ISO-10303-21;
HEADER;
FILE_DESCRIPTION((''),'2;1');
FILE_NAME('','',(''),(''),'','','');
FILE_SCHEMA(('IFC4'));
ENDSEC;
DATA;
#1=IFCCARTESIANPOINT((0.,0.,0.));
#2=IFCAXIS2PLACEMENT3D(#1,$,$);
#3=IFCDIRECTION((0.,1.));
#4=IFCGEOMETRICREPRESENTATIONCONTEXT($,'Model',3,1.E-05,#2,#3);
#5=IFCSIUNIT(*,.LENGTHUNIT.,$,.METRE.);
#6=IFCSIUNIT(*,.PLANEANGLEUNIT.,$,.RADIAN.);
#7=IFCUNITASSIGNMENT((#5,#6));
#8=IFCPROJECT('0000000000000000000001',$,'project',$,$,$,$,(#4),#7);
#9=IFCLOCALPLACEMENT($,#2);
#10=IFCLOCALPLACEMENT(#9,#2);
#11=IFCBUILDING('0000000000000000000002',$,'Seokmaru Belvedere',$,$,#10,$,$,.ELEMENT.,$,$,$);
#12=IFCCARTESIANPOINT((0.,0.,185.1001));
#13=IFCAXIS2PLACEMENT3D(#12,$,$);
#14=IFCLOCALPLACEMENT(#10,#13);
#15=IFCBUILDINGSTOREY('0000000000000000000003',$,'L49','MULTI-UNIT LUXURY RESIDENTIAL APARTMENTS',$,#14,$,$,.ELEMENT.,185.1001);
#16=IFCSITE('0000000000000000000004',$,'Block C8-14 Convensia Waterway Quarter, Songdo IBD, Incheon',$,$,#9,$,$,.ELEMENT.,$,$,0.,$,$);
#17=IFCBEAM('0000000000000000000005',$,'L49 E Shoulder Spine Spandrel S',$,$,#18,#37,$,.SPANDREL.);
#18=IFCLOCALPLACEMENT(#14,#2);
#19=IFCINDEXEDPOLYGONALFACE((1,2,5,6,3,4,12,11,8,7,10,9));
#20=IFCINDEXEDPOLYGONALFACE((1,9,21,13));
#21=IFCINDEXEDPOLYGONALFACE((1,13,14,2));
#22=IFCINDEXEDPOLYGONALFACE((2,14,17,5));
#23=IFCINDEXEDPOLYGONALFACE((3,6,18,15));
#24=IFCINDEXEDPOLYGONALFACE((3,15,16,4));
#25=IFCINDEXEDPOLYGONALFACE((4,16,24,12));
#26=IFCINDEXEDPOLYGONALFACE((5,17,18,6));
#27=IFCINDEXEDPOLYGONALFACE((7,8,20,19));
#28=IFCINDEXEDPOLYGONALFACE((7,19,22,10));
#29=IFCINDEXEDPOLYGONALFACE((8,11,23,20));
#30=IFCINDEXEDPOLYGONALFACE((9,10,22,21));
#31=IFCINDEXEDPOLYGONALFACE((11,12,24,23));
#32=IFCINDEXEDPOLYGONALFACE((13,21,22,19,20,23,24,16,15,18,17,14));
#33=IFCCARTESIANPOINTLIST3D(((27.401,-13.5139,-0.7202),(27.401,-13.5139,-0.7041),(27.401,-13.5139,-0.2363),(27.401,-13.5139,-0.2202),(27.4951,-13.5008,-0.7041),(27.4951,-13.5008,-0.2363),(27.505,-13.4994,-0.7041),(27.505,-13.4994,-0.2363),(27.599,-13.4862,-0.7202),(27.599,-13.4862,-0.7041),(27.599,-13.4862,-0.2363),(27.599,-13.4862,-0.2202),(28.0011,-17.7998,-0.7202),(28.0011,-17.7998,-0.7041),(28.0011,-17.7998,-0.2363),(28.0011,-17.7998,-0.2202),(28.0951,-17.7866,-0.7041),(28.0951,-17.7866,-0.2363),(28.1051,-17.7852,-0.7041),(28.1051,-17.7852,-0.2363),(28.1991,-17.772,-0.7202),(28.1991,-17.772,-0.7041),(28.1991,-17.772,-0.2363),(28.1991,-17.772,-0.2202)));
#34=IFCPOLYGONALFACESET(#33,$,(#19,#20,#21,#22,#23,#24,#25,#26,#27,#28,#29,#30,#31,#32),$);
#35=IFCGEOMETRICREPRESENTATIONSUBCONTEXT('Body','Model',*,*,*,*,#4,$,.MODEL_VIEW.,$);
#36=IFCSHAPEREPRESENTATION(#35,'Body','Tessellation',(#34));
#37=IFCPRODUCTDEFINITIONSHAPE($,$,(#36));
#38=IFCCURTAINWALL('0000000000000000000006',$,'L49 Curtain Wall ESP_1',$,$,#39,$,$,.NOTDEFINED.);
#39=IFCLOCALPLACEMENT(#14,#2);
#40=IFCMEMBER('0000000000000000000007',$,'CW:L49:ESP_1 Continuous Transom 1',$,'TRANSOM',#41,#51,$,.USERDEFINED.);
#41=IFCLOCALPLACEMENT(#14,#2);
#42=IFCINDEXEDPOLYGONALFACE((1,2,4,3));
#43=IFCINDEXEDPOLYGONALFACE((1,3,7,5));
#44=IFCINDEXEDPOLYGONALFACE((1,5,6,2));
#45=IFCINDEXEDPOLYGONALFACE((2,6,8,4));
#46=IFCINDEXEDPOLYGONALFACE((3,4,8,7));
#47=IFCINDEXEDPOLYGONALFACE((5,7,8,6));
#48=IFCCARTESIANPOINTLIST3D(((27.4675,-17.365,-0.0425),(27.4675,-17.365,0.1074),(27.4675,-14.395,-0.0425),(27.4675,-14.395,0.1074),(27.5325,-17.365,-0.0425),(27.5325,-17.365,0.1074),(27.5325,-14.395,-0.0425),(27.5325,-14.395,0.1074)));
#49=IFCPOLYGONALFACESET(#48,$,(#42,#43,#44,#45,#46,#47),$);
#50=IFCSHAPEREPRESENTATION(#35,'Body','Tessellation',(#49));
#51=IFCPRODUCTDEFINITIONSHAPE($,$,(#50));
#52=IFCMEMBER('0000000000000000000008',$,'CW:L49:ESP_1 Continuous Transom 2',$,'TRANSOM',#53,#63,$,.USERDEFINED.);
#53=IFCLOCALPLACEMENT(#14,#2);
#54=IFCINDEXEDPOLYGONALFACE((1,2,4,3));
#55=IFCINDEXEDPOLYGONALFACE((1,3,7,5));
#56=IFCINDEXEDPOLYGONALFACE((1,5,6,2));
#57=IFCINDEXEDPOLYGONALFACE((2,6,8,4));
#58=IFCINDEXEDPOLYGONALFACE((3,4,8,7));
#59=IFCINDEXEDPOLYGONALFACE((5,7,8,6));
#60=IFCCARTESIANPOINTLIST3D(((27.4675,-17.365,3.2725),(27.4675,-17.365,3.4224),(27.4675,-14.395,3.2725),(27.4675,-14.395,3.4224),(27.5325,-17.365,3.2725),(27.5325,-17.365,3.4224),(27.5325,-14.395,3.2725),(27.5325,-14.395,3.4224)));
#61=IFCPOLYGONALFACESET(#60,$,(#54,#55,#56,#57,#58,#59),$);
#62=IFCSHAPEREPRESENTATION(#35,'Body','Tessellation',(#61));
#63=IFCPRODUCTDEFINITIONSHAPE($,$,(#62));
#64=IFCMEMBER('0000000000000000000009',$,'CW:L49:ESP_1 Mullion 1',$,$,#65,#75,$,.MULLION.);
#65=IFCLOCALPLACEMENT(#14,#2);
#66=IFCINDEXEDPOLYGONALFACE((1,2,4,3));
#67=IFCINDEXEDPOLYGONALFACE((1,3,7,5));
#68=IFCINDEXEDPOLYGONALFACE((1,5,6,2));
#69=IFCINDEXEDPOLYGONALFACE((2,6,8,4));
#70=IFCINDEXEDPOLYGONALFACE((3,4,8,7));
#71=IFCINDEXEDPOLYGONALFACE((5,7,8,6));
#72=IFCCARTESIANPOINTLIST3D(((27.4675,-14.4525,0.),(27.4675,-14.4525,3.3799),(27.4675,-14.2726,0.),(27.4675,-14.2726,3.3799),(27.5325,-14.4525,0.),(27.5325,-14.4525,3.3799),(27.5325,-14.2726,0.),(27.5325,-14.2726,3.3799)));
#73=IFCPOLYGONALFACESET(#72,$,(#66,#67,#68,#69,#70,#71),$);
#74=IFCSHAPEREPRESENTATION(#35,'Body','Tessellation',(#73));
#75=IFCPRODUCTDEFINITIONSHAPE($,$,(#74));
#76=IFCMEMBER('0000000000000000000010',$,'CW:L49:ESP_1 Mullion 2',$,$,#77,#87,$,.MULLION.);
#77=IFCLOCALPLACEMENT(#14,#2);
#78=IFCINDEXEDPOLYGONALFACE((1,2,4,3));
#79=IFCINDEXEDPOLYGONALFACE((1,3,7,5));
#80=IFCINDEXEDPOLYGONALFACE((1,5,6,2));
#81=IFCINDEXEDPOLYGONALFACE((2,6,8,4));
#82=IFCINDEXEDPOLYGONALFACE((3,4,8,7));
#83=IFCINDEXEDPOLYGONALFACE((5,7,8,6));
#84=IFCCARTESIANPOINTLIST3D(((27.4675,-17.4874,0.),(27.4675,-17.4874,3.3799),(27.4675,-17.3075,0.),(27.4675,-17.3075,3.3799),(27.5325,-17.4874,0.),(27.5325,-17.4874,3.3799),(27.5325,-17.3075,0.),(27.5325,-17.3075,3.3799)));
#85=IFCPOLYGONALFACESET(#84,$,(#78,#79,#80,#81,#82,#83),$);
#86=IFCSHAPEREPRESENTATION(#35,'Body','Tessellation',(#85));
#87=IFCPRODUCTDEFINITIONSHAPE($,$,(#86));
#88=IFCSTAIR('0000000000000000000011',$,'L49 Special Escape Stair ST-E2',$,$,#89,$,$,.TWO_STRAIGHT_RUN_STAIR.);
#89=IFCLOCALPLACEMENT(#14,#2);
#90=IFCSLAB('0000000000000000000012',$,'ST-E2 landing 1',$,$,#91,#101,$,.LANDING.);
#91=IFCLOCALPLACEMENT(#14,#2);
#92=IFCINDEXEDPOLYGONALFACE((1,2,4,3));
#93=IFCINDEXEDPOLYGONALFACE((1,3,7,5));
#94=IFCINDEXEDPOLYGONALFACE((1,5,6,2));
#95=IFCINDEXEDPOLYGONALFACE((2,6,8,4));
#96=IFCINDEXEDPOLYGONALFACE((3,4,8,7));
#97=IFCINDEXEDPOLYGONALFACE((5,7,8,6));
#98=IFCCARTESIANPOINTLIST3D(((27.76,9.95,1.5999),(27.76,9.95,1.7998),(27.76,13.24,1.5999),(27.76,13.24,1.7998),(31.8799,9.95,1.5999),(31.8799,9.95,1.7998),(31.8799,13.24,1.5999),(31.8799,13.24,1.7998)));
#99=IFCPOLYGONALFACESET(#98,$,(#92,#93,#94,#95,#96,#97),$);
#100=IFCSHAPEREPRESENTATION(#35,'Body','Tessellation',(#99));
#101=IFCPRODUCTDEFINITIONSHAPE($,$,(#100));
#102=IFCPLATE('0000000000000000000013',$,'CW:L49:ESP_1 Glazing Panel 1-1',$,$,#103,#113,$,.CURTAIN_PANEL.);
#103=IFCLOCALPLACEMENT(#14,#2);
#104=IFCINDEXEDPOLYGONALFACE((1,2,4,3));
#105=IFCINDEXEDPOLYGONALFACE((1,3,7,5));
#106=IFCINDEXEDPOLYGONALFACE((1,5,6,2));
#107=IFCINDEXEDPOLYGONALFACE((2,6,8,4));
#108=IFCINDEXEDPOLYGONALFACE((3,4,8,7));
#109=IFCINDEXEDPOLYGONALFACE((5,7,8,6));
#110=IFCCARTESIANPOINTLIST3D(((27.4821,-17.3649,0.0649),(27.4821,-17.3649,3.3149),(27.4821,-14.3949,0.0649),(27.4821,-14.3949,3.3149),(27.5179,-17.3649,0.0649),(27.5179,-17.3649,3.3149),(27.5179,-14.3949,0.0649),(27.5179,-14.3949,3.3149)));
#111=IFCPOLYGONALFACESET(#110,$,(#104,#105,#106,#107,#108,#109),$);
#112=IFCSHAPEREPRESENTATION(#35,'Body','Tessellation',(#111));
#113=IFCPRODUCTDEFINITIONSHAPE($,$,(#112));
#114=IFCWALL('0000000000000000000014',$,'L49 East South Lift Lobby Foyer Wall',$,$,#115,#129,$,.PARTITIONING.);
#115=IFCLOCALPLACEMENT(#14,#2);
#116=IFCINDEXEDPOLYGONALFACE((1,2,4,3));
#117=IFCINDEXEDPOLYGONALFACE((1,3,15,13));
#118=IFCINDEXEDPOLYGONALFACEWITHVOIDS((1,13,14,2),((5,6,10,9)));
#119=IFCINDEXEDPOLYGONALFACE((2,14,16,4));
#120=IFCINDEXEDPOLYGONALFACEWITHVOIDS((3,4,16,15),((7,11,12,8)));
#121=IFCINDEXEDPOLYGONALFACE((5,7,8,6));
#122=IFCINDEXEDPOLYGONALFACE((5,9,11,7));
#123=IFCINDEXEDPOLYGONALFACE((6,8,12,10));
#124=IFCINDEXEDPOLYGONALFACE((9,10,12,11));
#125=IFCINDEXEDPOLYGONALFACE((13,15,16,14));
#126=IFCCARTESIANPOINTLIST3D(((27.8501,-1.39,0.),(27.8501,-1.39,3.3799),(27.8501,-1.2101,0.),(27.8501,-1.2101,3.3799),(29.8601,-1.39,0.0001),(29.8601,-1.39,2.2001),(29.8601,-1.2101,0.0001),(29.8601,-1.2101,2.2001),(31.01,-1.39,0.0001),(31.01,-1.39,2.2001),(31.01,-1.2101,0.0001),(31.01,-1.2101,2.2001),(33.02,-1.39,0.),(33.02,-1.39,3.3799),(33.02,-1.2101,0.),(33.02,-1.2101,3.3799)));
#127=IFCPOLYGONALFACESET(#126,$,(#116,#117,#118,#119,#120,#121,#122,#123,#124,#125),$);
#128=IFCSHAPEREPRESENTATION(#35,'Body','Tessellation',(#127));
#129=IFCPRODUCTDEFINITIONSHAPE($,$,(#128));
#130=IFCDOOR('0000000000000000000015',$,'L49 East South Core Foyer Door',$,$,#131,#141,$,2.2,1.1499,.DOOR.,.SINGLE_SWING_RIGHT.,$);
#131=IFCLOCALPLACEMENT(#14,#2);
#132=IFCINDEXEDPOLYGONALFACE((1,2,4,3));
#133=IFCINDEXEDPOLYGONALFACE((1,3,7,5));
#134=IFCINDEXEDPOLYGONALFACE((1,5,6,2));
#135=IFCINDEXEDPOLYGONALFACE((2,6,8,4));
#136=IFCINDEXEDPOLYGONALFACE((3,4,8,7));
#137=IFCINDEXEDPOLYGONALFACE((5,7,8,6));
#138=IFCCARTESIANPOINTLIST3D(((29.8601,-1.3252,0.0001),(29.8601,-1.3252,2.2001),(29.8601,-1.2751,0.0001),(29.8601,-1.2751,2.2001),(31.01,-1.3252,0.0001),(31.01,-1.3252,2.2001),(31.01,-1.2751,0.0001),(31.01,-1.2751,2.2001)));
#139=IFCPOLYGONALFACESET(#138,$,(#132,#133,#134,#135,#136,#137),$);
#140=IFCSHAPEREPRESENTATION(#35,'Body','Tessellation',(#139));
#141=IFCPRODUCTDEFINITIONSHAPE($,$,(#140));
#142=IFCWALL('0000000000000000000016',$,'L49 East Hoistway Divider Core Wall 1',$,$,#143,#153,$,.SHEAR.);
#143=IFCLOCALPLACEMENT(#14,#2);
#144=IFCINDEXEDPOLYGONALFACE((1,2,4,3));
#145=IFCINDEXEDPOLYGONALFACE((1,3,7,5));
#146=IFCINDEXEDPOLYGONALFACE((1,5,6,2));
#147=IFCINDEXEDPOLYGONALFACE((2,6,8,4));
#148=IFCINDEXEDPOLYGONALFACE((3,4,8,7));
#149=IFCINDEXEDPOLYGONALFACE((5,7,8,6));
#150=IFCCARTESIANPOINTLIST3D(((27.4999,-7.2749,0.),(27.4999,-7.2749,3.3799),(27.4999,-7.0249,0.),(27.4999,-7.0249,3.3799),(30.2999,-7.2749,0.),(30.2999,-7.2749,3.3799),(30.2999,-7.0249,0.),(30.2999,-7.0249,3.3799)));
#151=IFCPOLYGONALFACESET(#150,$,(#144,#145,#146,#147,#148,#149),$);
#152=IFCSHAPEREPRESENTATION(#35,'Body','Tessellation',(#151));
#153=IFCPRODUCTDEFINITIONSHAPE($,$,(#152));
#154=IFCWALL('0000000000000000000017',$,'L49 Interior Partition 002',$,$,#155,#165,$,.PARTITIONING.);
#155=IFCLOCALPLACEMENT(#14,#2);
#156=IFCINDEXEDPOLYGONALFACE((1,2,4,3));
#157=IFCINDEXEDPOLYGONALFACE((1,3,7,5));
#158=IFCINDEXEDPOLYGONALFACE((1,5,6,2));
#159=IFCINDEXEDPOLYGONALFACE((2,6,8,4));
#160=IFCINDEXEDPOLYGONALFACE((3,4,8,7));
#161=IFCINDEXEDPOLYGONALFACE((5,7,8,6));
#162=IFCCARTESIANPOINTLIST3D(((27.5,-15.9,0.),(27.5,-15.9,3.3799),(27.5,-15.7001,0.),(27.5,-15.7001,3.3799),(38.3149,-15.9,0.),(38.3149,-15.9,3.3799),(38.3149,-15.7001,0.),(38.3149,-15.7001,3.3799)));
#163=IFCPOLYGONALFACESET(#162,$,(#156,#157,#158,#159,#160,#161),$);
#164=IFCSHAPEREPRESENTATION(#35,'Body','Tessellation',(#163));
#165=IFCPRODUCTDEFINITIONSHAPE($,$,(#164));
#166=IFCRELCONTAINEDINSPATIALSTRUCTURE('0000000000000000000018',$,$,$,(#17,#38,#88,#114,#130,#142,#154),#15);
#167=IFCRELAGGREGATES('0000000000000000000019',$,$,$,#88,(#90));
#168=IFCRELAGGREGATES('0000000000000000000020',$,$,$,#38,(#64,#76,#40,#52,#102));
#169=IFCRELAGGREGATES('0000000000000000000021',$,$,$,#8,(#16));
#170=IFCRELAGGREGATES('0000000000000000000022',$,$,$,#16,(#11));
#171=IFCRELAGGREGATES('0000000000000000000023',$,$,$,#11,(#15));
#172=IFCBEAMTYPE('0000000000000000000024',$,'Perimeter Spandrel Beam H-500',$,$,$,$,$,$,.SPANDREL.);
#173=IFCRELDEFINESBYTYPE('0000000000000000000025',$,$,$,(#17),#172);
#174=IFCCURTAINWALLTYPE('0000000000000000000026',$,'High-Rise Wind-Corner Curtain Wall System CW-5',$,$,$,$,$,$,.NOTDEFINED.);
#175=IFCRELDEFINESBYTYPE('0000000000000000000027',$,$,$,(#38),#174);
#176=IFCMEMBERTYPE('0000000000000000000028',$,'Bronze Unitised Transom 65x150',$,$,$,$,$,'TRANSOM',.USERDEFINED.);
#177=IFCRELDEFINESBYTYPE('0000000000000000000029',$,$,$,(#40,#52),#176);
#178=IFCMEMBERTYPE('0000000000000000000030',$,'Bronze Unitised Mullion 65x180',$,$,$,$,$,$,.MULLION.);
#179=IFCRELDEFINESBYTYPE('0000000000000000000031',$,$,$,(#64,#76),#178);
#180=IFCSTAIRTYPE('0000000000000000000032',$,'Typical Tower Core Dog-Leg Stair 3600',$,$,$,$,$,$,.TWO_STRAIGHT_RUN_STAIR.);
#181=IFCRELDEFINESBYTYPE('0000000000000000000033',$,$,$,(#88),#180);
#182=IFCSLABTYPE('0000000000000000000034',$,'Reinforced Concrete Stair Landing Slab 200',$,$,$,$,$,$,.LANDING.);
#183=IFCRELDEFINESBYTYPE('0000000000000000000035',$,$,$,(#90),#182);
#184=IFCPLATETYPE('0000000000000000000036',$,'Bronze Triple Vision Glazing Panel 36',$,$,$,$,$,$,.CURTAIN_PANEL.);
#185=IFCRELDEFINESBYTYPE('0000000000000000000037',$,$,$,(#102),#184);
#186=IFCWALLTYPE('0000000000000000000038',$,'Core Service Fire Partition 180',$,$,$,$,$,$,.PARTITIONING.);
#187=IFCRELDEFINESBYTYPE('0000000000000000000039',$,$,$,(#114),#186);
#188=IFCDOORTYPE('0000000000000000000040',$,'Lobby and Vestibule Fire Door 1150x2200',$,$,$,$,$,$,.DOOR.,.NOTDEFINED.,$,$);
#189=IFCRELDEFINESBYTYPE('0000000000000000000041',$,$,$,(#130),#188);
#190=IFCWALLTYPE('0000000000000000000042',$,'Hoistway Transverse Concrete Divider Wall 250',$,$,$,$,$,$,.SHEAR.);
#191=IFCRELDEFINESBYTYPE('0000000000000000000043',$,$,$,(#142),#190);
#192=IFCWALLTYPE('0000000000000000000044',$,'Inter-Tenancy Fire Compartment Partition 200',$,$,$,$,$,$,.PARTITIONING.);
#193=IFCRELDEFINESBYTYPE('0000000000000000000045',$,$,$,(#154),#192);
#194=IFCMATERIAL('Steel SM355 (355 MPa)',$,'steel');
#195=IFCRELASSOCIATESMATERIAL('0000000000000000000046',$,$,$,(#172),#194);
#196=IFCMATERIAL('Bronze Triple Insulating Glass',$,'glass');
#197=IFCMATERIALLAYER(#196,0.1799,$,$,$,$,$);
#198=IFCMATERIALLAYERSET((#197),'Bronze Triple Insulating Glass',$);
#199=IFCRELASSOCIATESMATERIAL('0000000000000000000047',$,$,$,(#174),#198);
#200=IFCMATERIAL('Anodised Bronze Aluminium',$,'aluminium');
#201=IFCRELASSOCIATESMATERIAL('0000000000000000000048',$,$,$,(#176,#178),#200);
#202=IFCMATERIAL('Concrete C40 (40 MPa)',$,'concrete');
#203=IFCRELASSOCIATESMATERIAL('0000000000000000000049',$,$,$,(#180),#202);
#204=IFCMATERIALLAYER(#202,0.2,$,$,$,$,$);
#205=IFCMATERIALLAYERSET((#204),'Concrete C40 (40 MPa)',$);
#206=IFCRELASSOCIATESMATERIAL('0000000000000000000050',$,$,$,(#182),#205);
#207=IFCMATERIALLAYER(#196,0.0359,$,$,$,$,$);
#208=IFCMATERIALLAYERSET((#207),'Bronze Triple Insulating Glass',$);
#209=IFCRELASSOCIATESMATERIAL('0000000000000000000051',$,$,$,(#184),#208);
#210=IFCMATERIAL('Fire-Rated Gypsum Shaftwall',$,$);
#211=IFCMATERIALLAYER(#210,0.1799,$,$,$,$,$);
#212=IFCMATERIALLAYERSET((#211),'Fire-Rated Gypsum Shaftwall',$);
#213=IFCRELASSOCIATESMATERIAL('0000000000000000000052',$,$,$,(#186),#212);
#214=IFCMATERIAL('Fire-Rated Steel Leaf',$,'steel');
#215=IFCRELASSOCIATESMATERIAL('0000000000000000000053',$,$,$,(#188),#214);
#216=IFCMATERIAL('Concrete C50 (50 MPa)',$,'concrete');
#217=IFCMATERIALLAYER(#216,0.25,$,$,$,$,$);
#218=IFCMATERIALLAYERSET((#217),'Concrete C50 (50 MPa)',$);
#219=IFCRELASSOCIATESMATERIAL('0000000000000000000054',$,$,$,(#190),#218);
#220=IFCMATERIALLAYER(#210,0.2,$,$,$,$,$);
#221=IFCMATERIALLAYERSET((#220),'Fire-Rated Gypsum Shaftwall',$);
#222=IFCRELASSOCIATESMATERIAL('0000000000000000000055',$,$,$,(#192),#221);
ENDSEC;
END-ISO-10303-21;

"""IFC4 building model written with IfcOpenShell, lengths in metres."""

from ifc_helpers import new_model, si_unit, direction, frame, frame_2d, origin, origin_2d, place, context, subcontext, project, spatial, polyline, rectangle, i_section, outline, extrude, source, transform, mapped, material, layer, layer_set, material_profile, profile_set, type_object, type_shapes, element, fill, aggregate, save


model = new_model("IFC4")

# Units and contexts
model_context = context("Model", 3, precision=1e-05, world=origin(), true_north=direction((0.0, 1.0)))
body_context = subcontext(model_context, "Body", "Model", "MODEL_VIEW")
ifc_project = project(units=[si_unit("LENGTHUNIT", "METRE"), si_unit("PLANEANGLEUNIT", "RADIAN")], contexts=[model_context])

# Site, building, storey
site_placement = place(None, origin())
site = spatial("IfcSite", under=ifc_project, at=site_placement, Name="Block C8-14 Convensia Waterway Quarter, Songdo IBD, Incheon", CompositionType="ELEMENT", RefElevation=0.0)
building_placement = place(site_placement, origin())
building = spatial("IfcBuilding", under=site, at=building_placement, Name="Seokmaru Belvedere", CompositionType="ELEMENT")
storey_placement = place(building_placement, frame((0.0, 0.0, 185.1001)))
storey = spatial("IfcBuildingStorey", under=building, at=storey_placement, Name="L49", Description="MULTI-UNIT LUXURY RESIDENTIAL APARTMENTS", CompositionType="ELEMENT", Elevation=185.1001)

# Shared definitions
ifc_material_1 = material(Name="Steel SM355 (355 MPa)", Category="steel")

# Beam
ifc_material_profile_1 = material_profile(ifc_material_1, i_section(OverallWidth=0.2, OverallDepth=0.5, WebThickness=0.01, FlangeThickness=0.0161, at=origin_2d()), Name="H-500x200x10x16")
ifc_profile_set_1 = profile_set([ifc_material_profile_1], Name="Steel SM355 (355 MPa)")
beam_type_1 = type_object("IfcBeamType", Name="Perimeter Spandrel Beam H-500", PredefinedType="SPANDREL", material=ifc_profile_set_1)
shared_shape_1 = source(origin(), body_context, "Body", "SweptSolid", [
    extrude(i_section(OverallWidth=0.2, OverallDepth=0.5, WebThickness=0.01, FlangeThickness=0.0161, at=origin_2d()), origin(), (0.0, 0.0, 1.0), 4.3276),
])
beam_1_placement = place(storey_placement, frame((28.1001, -17.7859, -0.4702), z_axis=(-0.138664, 0.990339, 0.0), x_axis=(-0.990339, -0.138664, 0.0)))
element("IfcBeam", 1, at=beam_1_placement, inside=storey, type_object=beam_type_1, Name="L49 E Shoulder Spine Spandrel S", PredefinedType="SPANDREL", context=body_context, shape_type="MappedRepresentation", body=[
    mapped(shared_shape_1, transform((0.0, 0.0, 0.0), scale=1.0)),
])

# Curtain wall, members
ifc_material_2 = material(Name="Bronze Triple Insulating Glass", Category="glass")
ifc_layer_1 = layer(ifc_material_2, 0.1799)
ifc_layer_set_1 = layer_set([ifc_layer_1], Name="Bronze Triple Insulating Glass")
curtain_wall_type = type_object("IfcCurtainWallType", Name="High-Rise Wind-Corner Curtain Wall System CW-5", PredefinedType="NOTDEFINED", material=ifc_layer_set_1)
curtain_wall_placement = place(storey_placement, origin())
curtain_wall = element("IfcCurtainWall", 2, at=curtain_wall_placement, inside=storey, type_object=curtain_wall_type, Name="L49 Curtain Wall ESP_1", PredefinedType="NOTDEFINED")
ifc_material_3 = material(Name="Anodised Bronze Aluminium", Category="aluminium")
ifc_material_profile_2 = material_profile(ifc_material_3, rectangle(XDim=0.0649, YDim=0.1499, at=origin_2d()), Name="CW-T-65x150")
ifc_profile_set_2 = profile_set([ifc_material_profile_2], Name="Anodised Bronze Aluminium")
member_type_1 = type_object("IfcMemberType", Name="Bronze Unitised Transom 65x150", ElementType="TRANSOM", PredefinedType="USERDEFINED", material=ifc_profile_set_2)
shared_shape_2 = source(origin(), body_context, "Body", "SweptSolid", [
    extrude(rectangle(XDim=0.0649, YDim=0.1499, at=origin_2d()), origin(), (0.0, 0.0, 1.0), 2.97),
])
type_shapes(member_type_1, [shared_shape_2])
member_1_placement = place(storey_placement, frame((27.5, -14.395, 0.0325), z_axis=(0.0, -1.0, 0.0), x_axis=(1.0, 0.0, 0.0)))
member_1 = element("IfcMember", 3, at=member_1_placement, type_object=member_type_1, Name="CW:L49:ESP_1 Continuous Transom 1", ObjectType="TRANSOM", PredefinedType="USERDEFINED", context=body_context, shape_type="MappedRepresentation", body=[
    mapped(shared_shape_2, transform((0.0, 0.0, 0.0), scale=1.0)),
])
member_2_placement = place(storey_placement, frame((27.5, -14.395, 3.3474), z_axis=(0.0, -1.0, 0.0), x_axis=(1.0, 0.0, 0.0)))
member_2 = element("IfcMember", 4, at=member_2_placement, type_object=member_type_1, Name="CW:L49:ESP_1 Continuous Transom 2", ObjectType="TRANSOM", PredefinedType="USERDEFINED", context=body_context, shape_type="MappedRepresentation", body=[
    mapped(shared_shape_2, transform((0.0, 0.0, 0.0), scale=1.0)),
])
ifc_material_profile_3 = material_profile(ifc_material_3, rectangle(XDim=0.0649, YDim=0.1799, at=origin_2d()), Name="CW-M-65x180")
ifc_profile_set_3 = profile_set([ifc_material_profile_3], Name="Anodised Bronze Aluminium")
member_type_2 = type_object("IfcMemberType", Name="Bronze Unitised Mullion 65x180", PredefinedType="MULLION", material=ifc_profile_set_3)
shared_shape_3 = source(origin(), body_context, "Body", "SweptSolid", [
    extrude(rectangle(XDim=0.0649, YDim=0.1799, at=origin_2d()), origin(), (0.0, 0.0, 1.0), 3.3799),
])
type_shapes(member_type_2, [shared_shape_3])
member_3_placement = place(storey_placement, frame((27.5, -14.3625, 0.0), z_axis=(0.0, 0.0, 1.0), x_axis=(1.0, 0.0, 0.0)))
member_3 = element("IfcMember", 5, at=member_3_placement, type_object=member_type_2, Name="CW:L49:ESP_1 Mullion 1", PredefinedType="MULLION", context=body_context, shape_type="MappedRepresentation", body=[
    mapped(shared_shape_3, transform((0.0, 0.0, 0.0), scale=1.0)),
])
member_4_placement = place(storey_placement, frame((27.5, -17.3975, 0.0), z_axis=(0.0, 0.0, 1.0), x_axis=(1.0, 0.0, 0.0)))
member_4 = element("IfcMember", 6, at=member_4_placement, type_object=member_type_2, Name="CW:L49:ESP_1 Mullion 2", PredefinedType="MULLION", context=body_context, shape_type="MappedRepresentation", body=[
    mapped(shared_shape_3, transform((0.0, 0.0, 0.0), scale=1.0)),
])

# Stair, slab
ifc_material_4 = material(Name="Concrete C40 (40 MPa)", Category="concrete")
stair_type = type_object("IfcStairType", Name="Typical Tower Core Dog-Leg Stair 3600", PredefinedType="TWO_STRAIGHT_RUN_STAIR", material=ifc_material_4)
stair_placement = place(storey_placement, origin())
stair = element("IfcStair", 7, at=stair_placement, inside=storey, type_object=stair_type, Name="L49 Special Escape Stair ST-E2", PredefinedType="TWO_STRAIGHT_RUN_STAIR")
ifc_layer_2 = layer(ifc_material_4, 0.2)
ifc_layer_set_2 = layer_set([ifc_layer_2], Name="Concrete C40 (40 MPa)")
slab_type = type_object("IfcSlabType", Name="Reinforced Concrete Stair Landing Slab 200", PredefinedType="LANDING", material=ifc_layer_set_2)
slab_placement = place(storey_placement, frame((0.0, 0.0, 1.5999)))
slab = element("IfcSlab", 8, at=slab_placement, type_object=slab_type, Name="ST-E2 landing 1", PredefinedType="LANDING", context=body_context, shape_type="SweptSolid", body=[
    extrude(outline(polyline([(27.76, 9.95), (31.8799, 9.95), (31.8799, 13.24), (27.76, 13.24), (27.76, 9.95)])), origin(), (0.0, 0.0, 1.0), 0.2),
])
aggregate(stair, [slab])

# Plate
ifc_layer_3 = layer(ifc_material_2, 0.0359)
ifc_layer_set_3 = layer_set([ifc_layer_3], Name="Bronze Triple Insulating Glass")
plate_type = type_object("IfcPlateType", Name="Bronze Triple Vision Glazing Panel 36", PredefinedType="CURTAIN_PANEL", material=ifc_layer_set_3)
shared_shape_4 = source(origin(), body_context, "Body", "SweptSolid", [
    extrude(rectangle(XDim=2.97, YDim=0.0359, at=origin_2d()), origin(), (0.0, 0.0, 1.0), 3.25),
])
type_shapes(plate_type, [shared_shape_4])
plate_placement = place(storey_placement, frame((27.5, -15.8799, 0.0649), z_axis=(0.0, 0.0, 1.0), x_axis=(0.0, -1.0, 0.0)))
plate = element("IfcPlate", 9, at=plate_placement, type_object=plate_type, Name="CW:L49:ESP_1 Glazing Panel 1-1", PredefinedType="CURTAIN_PANEL", context=body_context, shape_type="MappedRepresentation", body=[
    mapped(shared_shape_4, transform((0.0, 0.0, 0.0), scale=1.0)),
])
aggregate(curtain_wall, [member_3, member_4, member_1, member_2, plate])

# Wall, opening, door
ifc_material_5 = material(Name="Fire-Rated Gypsum Shaftwall")
ifc_layer_4 = layer(ifc_material_5, 0.1799)
ifc_layer_set_4 = layer_set([ifc_layer_4], Name="Fire-Rated Gypsum Shaftwall")
wall_type_1 = type_object("IfcWallType", Name="Core Service Fire Partition 180", PredefinedType="PARTITIONING", material=ifc_layer_set_4)
wall_1_placement = place(storey_placement, frame((27.8501, -1.3, 0.0), z_axis=(0.0, 0.0, 1.0), x_axis=(1.0, 0.0, 0.0)))
wall_1 = element("IfcWall", 10, at=wall_1_placement, inside=storey, type_object=wall_type_1, Name="L49 East South Lift Lobby Foyer Wall", PredefinedType="PARTITIONING", context=body_context, shape_type="SweptSolid", body=[
    extrude(rectangle(XDim=5.1699, YDim=0.1799, at=frame_2d((2.585, 0.0))), origin(), (0.0, 0.0, 1.0), 3.3799),
])
opening_1_placement = place(wall_1_placement, frame((2.01, 0.0, 0.0)))
opening_1 = element("IfcOpeningElement", 11, at=opening_1_placement, cuts=wall_1, PredefinedType="OPENING", context=body_context, shape_type="SweptSolid", body=[
    extrude(rectangle(XDim=1.1499, YDim=2.2, at=frame_2d((0.575, 1.1001))), frame((0.0, 0.1001, 0.0), z_axis=(0.0, -1.0, 0.0), x_axis=(1.0, 0.0, 0.0)), (0.0, 0.0, 1.0), 0.2),
])
ifc_material_6 = material(Name="Fire-Rated Steel Leaf", Category="steel")
door_type_1 = type_object("IfcDoorType", Name="Lobby and Vestibule Fire Door 1150x2200", OperationType="NOTDEFINED", PredefinedType="DOOR", material=ifc_material_6)
shared_shape_5 = source(origin(), body_context, "Body", "SweptSolid", [
    extrude(rectangle(XDim=1.1499, YDim=2.2, at=frame_2d((0.575, 1.1001))), frame((0.0, 0.0249, 0.0), z_axis=(0.0, -1.0, 0.0), x_axis=(1.0, 0.0, 0.0)), (0.0, 0.0, 1.0), 0.05),
])
type_shapes(door_type_1, [shared_shape_5])
door_1_placement = place(opening_1_placement, origin())
door_1 = element("IfcDoor", 12, at=door_1_placement, inside=storey, type_object=door_type_1, Name="L49 East South Core Foyer Door", OperationType="SINGLE_SWING_RIGHT", OverallHeight=2.2, OverallWidth=1.1499, PredefinedType="DOOR", context=body_context, shape_type="MappedRepresentation", body=[
    mapped(shared_shape_5, transform((0.0, 0.0, 0.0), scale=1.0)),
])
fill(opening_1, door_1)

# Walls
ifc_material_7 = material(Name="Concrete C50 (50 MPa)", Category="concrete")
ifc_layer_5 = layer(ifc_material_7, 0.25)
ifc_layer_set_5 = layer_set([ifc_layer_5], Name="Concrete C50 (50 MPa)")
wall_type_2 = type_object("IfcWallType", Name="Hoistway Transverse Concrete Divider Wall 250", PredefinedType="SHEAR", material=ifc_layer_set_5)
wall_2_placement = place(storey_placement, frame((27.5, -7.1499, 0.0), z_axis=(0.0, 0.0, 1.0), x_axis=(1.0, 0.0, 0.0)))
element("IfcWall", 13, at=wall_2_placement, inside=storey, type_object=wall_type_2, Name="L49 East Hoistway Divider Core Wall 1", PredefinedType="SHEAR", context=body_context, shape_type="SweptSolid", body=[
    extrude(rectangle(XDim=2.8, YDim=0.25, at=frame_2d((1.3999, 0.0))), origin(), (0.0, 0.0, 1.0), 3.3799),
])
ifc_layer_6 = layer(ifc_material_5, 0.2)
ifc_layer_set_6 = layer_set([ifc_layer_6], Name="Fire-Rated Gypsum Shaftwall")
wall_type_3 = type_object("IfcWallType", Name="Inter-Tenancy Fire Compartment Partition 200", PredefinedType="PARTITIONING", material=ifc_layer_set_6)
wall_3_placement = place(storey_placement, frame((27.5, -15.8, 0.0), z_axis=(0.0, 0.0, 1.0), x_axis=(1.0, 0.0, 0.0)))
element("IfcWall", 14, at=wall_3_placement, inside=storey, type_object=wall_type_3, Name="L49 Interior Partition 002", PredefinedType="PARTITIONING", context=body_context, shape_type="SweptSolid", body=[
    extrude(rectangle(XDim=10.8149, YDim=0.2, at=frame_2d((5.4075, 0.0))), origin(), (0.0, 0.0, 1.0), 3.3799),
])

save(model, "model.ifc")
